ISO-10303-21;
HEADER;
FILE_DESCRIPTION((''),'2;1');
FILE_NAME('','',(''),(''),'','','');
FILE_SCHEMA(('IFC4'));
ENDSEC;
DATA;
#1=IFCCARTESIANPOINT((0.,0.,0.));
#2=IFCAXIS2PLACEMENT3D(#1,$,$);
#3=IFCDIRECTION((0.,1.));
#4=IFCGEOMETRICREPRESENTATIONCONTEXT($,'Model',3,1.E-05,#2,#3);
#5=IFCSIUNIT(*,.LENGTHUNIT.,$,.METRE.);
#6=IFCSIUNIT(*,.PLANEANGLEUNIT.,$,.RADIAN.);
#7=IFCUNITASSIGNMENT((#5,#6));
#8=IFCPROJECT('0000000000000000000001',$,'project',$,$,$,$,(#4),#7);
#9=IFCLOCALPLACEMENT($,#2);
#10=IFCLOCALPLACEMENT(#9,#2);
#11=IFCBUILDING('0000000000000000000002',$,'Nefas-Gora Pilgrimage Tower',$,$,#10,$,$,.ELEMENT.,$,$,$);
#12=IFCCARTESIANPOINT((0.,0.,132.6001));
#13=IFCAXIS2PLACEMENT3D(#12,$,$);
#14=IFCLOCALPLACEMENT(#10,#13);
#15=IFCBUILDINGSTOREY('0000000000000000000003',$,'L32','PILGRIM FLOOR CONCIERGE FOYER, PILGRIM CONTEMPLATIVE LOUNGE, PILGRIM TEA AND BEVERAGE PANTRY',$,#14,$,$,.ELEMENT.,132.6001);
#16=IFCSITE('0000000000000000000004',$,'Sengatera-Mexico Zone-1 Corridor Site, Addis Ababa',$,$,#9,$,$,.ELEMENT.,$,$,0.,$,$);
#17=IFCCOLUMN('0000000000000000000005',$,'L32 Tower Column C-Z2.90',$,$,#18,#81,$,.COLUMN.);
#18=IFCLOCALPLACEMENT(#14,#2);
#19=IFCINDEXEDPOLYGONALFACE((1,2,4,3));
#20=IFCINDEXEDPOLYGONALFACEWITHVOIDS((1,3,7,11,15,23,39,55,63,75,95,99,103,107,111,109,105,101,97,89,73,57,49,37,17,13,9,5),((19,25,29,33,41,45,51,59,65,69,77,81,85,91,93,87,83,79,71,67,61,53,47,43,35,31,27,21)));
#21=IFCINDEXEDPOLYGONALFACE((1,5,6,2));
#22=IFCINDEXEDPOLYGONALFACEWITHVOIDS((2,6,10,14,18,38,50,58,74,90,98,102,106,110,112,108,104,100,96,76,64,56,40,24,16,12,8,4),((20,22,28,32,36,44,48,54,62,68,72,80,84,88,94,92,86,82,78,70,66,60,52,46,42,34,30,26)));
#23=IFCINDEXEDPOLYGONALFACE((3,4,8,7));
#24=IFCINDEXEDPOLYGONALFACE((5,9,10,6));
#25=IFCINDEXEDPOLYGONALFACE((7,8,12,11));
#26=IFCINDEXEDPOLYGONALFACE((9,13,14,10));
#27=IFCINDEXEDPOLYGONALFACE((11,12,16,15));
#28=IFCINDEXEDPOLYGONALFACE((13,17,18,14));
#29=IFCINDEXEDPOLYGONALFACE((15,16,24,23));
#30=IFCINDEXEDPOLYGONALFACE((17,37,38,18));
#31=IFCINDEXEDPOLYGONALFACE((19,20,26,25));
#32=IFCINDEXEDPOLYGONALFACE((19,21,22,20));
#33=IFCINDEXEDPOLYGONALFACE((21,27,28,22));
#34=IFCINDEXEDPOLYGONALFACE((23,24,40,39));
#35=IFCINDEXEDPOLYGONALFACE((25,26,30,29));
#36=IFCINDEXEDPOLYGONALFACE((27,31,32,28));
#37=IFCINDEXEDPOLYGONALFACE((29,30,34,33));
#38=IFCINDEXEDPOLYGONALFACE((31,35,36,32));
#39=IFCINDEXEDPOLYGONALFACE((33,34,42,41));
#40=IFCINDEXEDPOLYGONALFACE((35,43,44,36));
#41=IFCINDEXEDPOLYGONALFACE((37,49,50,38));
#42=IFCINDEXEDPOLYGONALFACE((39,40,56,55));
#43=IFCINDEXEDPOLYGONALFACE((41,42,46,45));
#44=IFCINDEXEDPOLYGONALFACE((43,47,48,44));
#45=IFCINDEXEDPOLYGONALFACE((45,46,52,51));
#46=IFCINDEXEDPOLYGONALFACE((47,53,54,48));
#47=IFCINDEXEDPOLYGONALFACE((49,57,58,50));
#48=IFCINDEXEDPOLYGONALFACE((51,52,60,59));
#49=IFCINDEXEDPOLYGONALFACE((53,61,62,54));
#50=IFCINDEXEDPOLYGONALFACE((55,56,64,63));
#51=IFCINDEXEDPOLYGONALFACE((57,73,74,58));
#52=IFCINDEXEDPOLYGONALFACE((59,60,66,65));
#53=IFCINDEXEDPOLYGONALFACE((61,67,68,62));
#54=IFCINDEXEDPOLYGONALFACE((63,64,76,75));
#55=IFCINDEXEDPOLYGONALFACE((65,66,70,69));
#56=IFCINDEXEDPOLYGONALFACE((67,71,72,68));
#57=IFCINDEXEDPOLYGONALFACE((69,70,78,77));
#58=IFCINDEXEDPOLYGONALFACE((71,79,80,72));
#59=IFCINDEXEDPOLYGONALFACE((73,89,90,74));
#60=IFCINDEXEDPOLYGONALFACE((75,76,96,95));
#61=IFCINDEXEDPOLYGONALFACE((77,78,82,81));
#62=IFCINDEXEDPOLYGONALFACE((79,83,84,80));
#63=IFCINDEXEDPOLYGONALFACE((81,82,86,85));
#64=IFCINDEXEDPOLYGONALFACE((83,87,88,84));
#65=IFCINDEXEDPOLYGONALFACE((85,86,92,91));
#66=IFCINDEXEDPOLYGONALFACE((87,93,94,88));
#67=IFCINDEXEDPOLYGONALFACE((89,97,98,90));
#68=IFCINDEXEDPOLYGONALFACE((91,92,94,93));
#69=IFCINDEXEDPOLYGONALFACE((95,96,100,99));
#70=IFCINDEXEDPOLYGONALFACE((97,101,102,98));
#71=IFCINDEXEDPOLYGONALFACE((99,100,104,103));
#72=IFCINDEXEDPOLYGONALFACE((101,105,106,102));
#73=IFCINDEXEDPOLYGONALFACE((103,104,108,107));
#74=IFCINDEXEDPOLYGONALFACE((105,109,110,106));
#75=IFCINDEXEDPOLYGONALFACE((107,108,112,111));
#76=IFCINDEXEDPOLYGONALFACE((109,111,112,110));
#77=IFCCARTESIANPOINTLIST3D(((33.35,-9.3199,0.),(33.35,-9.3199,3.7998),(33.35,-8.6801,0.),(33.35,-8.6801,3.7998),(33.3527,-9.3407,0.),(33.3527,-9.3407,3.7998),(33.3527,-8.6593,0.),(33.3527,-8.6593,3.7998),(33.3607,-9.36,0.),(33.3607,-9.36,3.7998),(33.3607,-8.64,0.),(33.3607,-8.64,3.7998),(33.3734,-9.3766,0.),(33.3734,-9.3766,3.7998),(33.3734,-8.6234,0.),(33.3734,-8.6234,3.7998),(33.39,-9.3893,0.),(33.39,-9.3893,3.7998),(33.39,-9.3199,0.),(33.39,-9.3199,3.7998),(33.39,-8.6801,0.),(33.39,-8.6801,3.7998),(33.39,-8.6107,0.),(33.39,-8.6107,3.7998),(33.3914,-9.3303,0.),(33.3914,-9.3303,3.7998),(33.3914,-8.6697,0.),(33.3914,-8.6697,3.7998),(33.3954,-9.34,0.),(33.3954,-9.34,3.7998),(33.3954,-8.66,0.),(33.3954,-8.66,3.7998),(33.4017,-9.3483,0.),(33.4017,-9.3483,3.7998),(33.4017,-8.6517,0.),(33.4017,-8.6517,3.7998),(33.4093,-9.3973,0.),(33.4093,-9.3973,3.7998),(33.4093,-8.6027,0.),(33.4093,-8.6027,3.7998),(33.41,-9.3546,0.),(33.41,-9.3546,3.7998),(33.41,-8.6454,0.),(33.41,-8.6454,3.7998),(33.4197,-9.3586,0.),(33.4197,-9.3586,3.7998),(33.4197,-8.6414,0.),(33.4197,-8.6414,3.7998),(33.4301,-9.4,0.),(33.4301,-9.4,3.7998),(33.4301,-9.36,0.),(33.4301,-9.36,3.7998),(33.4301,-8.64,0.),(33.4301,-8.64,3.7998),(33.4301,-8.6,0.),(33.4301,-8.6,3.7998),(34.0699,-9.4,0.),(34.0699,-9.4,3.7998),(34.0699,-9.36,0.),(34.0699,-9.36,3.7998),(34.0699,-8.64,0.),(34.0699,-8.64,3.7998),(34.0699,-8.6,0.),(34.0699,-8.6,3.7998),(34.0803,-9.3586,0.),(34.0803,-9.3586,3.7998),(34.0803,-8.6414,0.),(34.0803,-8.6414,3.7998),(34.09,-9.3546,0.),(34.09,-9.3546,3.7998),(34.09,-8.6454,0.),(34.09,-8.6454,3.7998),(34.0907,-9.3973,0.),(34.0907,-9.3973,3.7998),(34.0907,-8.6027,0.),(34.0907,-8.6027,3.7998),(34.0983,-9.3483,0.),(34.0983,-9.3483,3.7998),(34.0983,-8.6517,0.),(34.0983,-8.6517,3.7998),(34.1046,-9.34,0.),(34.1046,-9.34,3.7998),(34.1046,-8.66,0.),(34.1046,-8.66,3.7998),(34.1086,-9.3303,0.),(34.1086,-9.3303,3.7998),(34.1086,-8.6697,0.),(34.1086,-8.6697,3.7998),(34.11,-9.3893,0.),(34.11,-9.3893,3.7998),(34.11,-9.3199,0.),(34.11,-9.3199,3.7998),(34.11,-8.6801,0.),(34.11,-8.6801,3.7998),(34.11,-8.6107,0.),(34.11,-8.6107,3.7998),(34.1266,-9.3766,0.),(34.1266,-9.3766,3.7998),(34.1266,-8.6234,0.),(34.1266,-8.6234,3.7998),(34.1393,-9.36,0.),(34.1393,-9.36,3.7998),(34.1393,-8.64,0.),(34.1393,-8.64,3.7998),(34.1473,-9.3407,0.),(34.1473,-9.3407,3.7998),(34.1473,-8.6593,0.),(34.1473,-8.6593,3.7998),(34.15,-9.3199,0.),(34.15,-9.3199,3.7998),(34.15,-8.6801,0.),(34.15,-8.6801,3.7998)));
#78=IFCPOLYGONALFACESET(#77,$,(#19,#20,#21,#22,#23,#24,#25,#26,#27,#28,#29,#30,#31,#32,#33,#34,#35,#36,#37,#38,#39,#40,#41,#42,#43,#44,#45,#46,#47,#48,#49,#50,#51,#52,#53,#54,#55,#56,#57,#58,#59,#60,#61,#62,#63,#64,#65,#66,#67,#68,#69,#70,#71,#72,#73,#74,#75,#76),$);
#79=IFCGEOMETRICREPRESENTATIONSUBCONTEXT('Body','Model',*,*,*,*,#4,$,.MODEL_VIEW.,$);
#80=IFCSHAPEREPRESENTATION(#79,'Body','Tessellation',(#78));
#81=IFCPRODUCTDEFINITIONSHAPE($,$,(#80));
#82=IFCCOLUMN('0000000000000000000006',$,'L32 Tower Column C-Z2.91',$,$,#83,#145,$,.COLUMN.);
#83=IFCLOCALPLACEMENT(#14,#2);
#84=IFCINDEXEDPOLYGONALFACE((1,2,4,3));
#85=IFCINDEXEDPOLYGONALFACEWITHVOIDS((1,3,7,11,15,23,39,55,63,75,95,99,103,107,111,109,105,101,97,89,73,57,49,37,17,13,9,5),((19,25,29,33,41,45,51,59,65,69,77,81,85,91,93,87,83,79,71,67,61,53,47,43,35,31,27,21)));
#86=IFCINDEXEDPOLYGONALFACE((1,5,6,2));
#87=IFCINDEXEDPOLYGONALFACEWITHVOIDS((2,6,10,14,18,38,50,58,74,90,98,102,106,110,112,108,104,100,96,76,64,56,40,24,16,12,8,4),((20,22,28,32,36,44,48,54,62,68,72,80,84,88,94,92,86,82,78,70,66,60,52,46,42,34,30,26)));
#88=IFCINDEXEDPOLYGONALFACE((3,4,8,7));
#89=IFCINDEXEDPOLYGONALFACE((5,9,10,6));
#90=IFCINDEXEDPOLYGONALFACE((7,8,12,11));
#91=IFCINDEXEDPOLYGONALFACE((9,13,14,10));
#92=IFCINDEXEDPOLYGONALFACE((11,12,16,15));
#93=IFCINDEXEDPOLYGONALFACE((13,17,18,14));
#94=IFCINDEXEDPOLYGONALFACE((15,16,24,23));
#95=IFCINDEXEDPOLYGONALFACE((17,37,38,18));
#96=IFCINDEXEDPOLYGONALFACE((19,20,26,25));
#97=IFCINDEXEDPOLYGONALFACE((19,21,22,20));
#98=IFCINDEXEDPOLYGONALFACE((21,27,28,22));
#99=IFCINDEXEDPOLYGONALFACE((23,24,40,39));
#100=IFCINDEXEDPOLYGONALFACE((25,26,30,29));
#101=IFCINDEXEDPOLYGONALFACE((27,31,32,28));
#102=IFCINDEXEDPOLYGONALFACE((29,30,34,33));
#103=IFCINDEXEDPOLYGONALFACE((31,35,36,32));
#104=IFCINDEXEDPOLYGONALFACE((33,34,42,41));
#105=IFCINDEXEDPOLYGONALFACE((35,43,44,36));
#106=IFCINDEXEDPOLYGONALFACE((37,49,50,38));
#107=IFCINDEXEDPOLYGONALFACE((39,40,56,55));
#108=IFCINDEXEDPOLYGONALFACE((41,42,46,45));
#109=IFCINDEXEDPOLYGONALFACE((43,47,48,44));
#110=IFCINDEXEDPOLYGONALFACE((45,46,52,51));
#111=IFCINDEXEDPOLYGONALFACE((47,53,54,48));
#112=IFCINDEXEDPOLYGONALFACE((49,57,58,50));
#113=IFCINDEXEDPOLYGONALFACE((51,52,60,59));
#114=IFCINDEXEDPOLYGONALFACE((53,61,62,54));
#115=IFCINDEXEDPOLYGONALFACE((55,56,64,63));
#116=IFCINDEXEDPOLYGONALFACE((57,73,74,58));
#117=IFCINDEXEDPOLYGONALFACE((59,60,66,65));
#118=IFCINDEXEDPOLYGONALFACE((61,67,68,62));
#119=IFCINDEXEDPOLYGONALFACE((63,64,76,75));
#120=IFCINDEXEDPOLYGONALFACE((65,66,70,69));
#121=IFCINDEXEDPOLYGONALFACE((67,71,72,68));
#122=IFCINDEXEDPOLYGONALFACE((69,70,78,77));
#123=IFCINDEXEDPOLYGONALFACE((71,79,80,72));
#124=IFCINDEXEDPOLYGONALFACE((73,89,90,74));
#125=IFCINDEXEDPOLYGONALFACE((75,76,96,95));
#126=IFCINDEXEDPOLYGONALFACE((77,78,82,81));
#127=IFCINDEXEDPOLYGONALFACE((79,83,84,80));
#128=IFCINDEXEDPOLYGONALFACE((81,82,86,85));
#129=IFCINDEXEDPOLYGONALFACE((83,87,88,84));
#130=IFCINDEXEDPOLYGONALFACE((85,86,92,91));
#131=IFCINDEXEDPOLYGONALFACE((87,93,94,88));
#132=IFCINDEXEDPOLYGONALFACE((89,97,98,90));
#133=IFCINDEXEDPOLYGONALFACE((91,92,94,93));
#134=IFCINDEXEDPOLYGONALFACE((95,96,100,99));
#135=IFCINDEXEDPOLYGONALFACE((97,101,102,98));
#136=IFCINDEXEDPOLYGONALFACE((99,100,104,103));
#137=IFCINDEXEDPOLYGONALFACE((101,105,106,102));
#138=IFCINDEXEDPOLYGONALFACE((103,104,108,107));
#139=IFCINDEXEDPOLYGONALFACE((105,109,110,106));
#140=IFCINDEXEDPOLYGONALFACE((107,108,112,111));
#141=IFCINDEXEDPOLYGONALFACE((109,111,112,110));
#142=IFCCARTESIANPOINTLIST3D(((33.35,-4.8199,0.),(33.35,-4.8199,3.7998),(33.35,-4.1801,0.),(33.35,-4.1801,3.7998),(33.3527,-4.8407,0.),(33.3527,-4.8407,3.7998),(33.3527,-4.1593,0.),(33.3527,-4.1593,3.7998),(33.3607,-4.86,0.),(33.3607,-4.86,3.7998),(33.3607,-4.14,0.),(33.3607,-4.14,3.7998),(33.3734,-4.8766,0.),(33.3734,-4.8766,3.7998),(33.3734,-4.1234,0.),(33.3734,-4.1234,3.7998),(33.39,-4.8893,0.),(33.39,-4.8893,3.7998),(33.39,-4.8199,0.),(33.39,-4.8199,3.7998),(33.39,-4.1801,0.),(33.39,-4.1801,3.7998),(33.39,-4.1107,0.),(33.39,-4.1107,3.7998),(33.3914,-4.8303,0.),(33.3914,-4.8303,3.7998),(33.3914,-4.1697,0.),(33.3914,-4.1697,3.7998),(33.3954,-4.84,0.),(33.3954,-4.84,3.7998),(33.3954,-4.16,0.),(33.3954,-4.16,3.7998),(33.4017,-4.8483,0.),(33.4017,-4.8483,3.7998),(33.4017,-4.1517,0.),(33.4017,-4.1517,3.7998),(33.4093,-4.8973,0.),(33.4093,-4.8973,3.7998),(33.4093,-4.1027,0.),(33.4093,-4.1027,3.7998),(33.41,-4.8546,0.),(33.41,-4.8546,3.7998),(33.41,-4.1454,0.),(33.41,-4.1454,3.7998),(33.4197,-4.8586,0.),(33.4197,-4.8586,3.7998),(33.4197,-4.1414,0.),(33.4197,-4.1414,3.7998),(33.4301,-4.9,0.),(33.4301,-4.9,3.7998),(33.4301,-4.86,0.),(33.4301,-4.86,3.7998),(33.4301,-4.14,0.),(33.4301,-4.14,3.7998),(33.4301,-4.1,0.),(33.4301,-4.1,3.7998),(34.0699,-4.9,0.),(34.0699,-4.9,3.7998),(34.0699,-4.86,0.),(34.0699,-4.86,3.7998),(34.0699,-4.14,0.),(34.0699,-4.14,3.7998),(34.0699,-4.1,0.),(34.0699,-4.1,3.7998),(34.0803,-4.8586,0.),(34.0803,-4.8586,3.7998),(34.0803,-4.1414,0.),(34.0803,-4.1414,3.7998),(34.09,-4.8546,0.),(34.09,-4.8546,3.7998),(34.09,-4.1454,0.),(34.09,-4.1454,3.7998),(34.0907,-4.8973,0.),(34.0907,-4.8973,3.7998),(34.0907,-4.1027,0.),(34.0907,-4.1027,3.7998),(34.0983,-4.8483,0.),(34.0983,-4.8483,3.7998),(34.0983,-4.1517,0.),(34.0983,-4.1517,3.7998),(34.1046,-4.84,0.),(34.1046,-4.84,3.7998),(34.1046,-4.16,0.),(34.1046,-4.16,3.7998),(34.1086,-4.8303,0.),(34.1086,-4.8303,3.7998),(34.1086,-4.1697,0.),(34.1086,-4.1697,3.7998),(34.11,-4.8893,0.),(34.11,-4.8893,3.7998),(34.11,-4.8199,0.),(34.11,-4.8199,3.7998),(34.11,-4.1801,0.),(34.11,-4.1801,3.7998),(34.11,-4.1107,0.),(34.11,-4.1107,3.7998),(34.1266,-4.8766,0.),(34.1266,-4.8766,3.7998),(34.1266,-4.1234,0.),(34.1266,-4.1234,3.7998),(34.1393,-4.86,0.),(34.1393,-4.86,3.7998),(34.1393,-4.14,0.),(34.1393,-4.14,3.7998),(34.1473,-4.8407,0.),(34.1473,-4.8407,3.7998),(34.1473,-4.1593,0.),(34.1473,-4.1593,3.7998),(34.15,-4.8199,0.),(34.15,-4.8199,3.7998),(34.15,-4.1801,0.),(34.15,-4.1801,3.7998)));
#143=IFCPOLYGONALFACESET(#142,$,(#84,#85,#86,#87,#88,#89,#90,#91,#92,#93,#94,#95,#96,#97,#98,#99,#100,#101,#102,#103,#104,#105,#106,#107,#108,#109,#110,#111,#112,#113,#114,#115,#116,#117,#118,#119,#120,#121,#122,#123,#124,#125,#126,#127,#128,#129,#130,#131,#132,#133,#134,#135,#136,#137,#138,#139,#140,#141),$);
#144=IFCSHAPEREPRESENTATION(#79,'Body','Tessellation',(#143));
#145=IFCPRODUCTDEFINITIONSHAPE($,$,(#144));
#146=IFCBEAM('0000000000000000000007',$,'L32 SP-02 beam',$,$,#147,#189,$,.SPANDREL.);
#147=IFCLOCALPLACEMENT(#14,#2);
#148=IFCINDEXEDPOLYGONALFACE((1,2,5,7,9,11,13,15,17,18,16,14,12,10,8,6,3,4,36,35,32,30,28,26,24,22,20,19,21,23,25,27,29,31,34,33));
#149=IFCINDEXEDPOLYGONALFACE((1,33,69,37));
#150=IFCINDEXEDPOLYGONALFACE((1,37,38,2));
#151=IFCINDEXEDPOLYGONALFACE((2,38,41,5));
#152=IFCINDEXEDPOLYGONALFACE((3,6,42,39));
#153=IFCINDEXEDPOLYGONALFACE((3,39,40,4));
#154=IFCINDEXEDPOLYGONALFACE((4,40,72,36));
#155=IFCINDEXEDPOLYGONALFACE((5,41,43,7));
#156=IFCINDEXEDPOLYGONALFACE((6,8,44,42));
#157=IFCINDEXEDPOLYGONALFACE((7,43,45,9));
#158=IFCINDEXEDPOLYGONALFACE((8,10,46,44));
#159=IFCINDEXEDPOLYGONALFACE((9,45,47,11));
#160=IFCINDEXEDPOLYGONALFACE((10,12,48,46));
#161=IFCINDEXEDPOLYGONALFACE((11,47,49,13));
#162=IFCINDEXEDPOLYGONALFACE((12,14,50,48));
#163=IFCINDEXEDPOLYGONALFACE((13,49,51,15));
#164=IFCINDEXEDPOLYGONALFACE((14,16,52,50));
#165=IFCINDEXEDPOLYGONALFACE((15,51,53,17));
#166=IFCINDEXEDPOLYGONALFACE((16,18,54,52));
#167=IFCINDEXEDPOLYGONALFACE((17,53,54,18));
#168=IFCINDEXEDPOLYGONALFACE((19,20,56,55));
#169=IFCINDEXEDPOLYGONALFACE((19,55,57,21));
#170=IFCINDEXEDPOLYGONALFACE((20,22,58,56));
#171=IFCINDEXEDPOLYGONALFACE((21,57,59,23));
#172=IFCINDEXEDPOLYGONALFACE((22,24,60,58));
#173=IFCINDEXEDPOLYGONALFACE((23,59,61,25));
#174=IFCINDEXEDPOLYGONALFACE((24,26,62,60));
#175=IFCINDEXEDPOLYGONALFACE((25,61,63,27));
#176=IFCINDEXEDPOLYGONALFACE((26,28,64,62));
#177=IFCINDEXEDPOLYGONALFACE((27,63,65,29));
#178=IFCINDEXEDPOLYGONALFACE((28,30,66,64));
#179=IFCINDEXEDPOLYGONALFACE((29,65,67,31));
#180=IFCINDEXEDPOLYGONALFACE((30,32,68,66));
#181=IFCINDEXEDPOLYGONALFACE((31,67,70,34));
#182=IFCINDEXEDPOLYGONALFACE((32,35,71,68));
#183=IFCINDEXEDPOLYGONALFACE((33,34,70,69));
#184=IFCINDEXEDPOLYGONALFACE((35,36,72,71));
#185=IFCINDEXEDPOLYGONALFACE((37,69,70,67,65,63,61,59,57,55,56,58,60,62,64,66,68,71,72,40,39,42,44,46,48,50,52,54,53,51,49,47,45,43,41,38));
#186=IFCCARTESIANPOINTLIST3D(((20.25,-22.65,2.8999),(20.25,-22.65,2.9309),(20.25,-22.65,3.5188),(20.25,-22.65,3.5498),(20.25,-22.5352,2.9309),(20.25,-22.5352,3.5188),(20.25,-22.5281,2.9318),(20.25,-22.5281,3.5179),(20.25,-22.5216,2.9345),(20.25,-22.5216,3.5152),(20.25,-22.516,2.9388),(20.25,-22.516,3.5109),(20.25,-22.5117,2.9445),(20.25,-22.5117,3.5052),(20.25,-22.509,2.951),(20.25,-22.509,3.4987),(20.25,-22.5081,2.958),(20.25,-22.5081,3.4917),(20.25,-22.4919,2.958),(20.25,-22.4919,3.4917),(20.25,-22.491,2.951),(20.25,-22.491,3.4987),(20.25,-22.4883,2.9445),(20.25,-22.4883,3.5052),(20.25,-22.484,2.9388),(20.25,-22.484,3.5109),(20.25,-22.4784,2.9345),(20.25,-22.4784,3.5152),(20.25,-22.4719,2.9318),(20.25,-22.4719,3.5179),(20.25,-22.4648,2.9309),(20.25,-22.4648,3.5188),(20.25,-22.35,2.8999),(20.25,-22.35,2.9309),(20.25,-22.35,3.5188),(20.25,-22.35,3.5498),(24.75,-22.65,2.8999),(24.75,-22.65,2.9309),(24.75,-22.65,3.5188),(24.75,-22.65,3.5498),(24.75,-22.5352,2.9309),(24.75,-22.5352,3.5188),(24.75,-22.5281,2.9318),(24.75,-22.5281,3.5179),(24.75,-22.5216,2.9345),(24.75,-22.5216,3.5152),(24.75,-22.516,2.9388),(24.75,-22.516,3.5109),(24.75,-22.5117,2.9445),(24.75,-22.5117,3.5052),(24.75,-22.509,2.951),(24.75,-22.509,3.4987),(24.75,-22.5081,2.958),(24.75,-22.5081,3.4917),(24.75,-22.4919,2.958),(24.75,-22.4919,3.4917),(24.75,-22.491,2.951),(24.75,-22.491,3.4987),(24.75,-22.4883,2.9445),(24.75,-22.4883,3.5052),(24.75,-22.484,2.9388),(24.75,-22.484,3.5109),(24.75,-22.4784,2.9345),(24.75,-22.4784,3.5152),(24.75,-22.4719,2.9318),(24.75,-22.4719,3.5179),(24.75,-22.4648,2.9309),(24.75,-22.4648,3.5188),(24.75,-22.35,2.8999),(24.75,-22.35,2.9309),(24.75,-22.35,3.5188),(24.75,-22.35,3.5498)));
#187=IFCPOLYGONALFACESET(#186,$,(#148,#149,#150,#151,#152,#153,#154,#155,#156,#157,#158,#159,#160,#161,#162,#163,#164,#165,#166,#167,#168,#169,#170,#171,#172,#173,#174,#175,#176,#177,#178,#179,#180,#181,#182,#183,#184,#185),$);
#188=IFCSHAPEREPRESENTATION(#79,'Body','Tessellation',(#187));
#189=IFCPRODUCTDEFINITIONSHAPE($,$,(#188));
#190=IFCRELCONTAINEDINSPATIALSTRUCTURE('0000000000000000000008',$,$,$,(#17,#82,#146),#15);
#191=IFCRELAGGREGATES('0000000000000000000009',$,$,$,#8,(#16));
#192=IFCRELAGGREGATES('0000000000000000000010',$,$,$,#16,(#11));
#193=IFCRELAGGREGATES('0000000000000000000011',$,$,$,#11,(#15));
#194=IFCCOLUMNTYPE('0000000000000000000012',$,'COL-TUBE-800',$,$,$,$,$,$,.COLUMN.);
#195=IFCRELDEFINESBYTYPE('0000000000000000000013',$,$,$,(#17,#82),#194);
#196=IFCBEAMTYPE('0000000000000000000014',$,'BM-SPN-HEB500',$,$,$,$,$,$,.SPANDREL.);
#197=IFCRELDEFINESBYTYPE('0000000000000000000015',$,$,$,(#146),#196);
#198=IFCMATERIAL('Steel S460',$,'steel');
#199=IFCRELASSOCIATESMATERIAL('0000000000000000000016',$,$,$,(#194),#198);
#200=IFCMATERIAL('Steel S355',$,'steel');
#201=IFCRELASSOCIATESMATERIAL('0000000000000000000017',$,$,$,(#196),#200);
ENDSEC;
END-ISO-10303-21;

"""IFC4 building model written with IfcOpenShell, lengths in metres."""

from ifc_helpers import new_model, si_unit, direction, frame, origin, origin_2d, place, context, subcontext, project, spatial, hollow_rectangle, i_section, extrude, source, transform, mapped, material, material_profile, profile_set, type_object, element, save


model = new_model("IFC4")

# Units and contexts
model_context = context("Model", 3, precision=1e-05, world=origin(), true_north=direction((0.0, 1.0)))
body_context = subcontext(model_context, "Body", "Model", "MODEL_VIEW")
ifc_project = project(units=[si_unit("LENGTHUNIT", "METRE"), si_unit("PLANEANGLEUNIT", "RADIAN")], contexts=[model_context])

# Site, building, storey
site_placement = place(None, origin())
site = spatial("IfcSite", under=ifc_project, at=site_placement, Name="Sengatera-Mexico Zone-1 Corridor Site, Addis Ababa", CompositionType="ELEMENT", RefElevation=0.0)
building_placement = place(site_placement, origin())
building = spatial("IfcBuilding", under=site, at=building_placement, Name="Nefas-Gora Pilgrimage Tower", CompositionType="ELEMENT")
storey_placement = place(building_placement, frame((0.0, 0.0, 132.6001)))
storey = spatial("IfcBuildingStorey", under=building, at=storey_placement, Name="L32", Description="PILGRIM FLOOR CONCIERGE FOYER, PILGRIM CONTEMPLATIVE LOUNGE, PILGRIM TEA AND BEVERAGE PANTRY", CompositionType="ELEMENT", Elevation=132.6001)

# Columns
ifc_material_1 = material(Name="Steel S460", Category="steel")
ifc_material_profile_1 = material_profile(ifc_material_1, hollow_rectangle(XDim=0.8, YDim=0.8, WallThickness=0.04, InnerFilletRadius=0.04, OuterFilletRadius=0.0801, at=origin_2d()), Name="BOX 800x800x40")
ifc_profile_set_1 = profile_set([ifc_material_profile_1], Name="Steel S460")
column_type_1 = type_object("IfcColumnType", Name="COL-TUBE-800", PredefinedType="COLUMN", material=ifc_profile_set_1)
shared_shape_1 = source(origin(), body_context, "Body", "SweptSolid", [
    extrude(hollow_rectangle(XDim=0.8, YDim=0.8, WallThickness=0.04, InnerFilletRadius=0.04, OuterFilletRadius=0.0801, at=origin_2d()), origin(), (0.0, 0.0, 1.0), 3.7998),
])
for number, where, z_axis, x_axis, name in (
    (1, (33.75, -9.0, 0.0), (0.0, 0.0, 1.0), (1.0, 0.0, 0.0), "L32 Tower Column C-Z2.90"),
    (2, (33.75, -4.5, 0.0), (0.0, 0.0, 1.0), (1.0, 0.0, 0.0), "L32 Tower Column C-Z2.91"),
):
    element("IfcColumn", number, at=place(storey_placement, frame(where, z_axis=z_axis, x_axis=x_axis)), inside=storey, type_object=column_type_1, Name=name, PredefinedType="COLUMN", context=body_context, shape_type="MappedRepresentation", body=[
        mapped(shared_shape_1, transform((0.0, 0.0, 0.0), x_axis=(1.0, 0.0, 0.0), y_axis=(0.0, 1.0, 0.0), z_axis=(0.0, 0.0, 1.0), scale=1.0)),
    ])

# Beam
ifc_material_2 = material(Name="Steel S355", Category="steel")
ifc_material_profile_2 = material_profile(ifc_material_2, i_section(OverallWidth=0.3, OverallDepth=0.6499, WebThickness=0.0161, FlangeThickness=0.031, FilletRadius=0.0271, at=origin_2d()), Name="HEB 650")
ifc_profile_set_2 = profile_set([ifc_material_profile_2], Name="Steel S355")
beam_type_1 = type_object("IfcBeamType", Name="BM-SPN-HEB500", PredefinedType="SPANDREL", material=ifc_profile_set_2)
shared_shape_2 = source(origin(), body_context, "Body", "SweptSolid", [
    extrude(i_section(OverallWidth=0.3, OverallDepth=0.6499, WebThickness=0.0161, FlangeThickness=0.031, FilletRadius=0.0271, at=origin_2d()), origin(), (0.0, 0.0, 1.0), 4.5),
])
for number, where, z_axis, x_axis, name in (
    (3, (20.25, -22.5, 3.2249), (1.0, 0.0, 0.0), (0.0, 1.0, 0.0), "L32 SP-02 beam"),
):
    element("IfcBeam", number, at=place(storey_placement, frame(where, z_axis=z_axis, x_axis=x_axis)), inside=storey, type_object=beam_type_1, Name=name, PredefinedType="SPANDREL", context=body_context, shape_type="MappedRepresentation", body=[
        mapped(shared_shape_2, transform((0.0, 0.0, 0.0), x_axis=(1.0, 0.0, 0.0), y_axis=(0.0, 1.0, 0.0), z_axis=(0.0, 0.0, 1.0), scale=1.0)),
    ])

save(model, "model.ifc")
